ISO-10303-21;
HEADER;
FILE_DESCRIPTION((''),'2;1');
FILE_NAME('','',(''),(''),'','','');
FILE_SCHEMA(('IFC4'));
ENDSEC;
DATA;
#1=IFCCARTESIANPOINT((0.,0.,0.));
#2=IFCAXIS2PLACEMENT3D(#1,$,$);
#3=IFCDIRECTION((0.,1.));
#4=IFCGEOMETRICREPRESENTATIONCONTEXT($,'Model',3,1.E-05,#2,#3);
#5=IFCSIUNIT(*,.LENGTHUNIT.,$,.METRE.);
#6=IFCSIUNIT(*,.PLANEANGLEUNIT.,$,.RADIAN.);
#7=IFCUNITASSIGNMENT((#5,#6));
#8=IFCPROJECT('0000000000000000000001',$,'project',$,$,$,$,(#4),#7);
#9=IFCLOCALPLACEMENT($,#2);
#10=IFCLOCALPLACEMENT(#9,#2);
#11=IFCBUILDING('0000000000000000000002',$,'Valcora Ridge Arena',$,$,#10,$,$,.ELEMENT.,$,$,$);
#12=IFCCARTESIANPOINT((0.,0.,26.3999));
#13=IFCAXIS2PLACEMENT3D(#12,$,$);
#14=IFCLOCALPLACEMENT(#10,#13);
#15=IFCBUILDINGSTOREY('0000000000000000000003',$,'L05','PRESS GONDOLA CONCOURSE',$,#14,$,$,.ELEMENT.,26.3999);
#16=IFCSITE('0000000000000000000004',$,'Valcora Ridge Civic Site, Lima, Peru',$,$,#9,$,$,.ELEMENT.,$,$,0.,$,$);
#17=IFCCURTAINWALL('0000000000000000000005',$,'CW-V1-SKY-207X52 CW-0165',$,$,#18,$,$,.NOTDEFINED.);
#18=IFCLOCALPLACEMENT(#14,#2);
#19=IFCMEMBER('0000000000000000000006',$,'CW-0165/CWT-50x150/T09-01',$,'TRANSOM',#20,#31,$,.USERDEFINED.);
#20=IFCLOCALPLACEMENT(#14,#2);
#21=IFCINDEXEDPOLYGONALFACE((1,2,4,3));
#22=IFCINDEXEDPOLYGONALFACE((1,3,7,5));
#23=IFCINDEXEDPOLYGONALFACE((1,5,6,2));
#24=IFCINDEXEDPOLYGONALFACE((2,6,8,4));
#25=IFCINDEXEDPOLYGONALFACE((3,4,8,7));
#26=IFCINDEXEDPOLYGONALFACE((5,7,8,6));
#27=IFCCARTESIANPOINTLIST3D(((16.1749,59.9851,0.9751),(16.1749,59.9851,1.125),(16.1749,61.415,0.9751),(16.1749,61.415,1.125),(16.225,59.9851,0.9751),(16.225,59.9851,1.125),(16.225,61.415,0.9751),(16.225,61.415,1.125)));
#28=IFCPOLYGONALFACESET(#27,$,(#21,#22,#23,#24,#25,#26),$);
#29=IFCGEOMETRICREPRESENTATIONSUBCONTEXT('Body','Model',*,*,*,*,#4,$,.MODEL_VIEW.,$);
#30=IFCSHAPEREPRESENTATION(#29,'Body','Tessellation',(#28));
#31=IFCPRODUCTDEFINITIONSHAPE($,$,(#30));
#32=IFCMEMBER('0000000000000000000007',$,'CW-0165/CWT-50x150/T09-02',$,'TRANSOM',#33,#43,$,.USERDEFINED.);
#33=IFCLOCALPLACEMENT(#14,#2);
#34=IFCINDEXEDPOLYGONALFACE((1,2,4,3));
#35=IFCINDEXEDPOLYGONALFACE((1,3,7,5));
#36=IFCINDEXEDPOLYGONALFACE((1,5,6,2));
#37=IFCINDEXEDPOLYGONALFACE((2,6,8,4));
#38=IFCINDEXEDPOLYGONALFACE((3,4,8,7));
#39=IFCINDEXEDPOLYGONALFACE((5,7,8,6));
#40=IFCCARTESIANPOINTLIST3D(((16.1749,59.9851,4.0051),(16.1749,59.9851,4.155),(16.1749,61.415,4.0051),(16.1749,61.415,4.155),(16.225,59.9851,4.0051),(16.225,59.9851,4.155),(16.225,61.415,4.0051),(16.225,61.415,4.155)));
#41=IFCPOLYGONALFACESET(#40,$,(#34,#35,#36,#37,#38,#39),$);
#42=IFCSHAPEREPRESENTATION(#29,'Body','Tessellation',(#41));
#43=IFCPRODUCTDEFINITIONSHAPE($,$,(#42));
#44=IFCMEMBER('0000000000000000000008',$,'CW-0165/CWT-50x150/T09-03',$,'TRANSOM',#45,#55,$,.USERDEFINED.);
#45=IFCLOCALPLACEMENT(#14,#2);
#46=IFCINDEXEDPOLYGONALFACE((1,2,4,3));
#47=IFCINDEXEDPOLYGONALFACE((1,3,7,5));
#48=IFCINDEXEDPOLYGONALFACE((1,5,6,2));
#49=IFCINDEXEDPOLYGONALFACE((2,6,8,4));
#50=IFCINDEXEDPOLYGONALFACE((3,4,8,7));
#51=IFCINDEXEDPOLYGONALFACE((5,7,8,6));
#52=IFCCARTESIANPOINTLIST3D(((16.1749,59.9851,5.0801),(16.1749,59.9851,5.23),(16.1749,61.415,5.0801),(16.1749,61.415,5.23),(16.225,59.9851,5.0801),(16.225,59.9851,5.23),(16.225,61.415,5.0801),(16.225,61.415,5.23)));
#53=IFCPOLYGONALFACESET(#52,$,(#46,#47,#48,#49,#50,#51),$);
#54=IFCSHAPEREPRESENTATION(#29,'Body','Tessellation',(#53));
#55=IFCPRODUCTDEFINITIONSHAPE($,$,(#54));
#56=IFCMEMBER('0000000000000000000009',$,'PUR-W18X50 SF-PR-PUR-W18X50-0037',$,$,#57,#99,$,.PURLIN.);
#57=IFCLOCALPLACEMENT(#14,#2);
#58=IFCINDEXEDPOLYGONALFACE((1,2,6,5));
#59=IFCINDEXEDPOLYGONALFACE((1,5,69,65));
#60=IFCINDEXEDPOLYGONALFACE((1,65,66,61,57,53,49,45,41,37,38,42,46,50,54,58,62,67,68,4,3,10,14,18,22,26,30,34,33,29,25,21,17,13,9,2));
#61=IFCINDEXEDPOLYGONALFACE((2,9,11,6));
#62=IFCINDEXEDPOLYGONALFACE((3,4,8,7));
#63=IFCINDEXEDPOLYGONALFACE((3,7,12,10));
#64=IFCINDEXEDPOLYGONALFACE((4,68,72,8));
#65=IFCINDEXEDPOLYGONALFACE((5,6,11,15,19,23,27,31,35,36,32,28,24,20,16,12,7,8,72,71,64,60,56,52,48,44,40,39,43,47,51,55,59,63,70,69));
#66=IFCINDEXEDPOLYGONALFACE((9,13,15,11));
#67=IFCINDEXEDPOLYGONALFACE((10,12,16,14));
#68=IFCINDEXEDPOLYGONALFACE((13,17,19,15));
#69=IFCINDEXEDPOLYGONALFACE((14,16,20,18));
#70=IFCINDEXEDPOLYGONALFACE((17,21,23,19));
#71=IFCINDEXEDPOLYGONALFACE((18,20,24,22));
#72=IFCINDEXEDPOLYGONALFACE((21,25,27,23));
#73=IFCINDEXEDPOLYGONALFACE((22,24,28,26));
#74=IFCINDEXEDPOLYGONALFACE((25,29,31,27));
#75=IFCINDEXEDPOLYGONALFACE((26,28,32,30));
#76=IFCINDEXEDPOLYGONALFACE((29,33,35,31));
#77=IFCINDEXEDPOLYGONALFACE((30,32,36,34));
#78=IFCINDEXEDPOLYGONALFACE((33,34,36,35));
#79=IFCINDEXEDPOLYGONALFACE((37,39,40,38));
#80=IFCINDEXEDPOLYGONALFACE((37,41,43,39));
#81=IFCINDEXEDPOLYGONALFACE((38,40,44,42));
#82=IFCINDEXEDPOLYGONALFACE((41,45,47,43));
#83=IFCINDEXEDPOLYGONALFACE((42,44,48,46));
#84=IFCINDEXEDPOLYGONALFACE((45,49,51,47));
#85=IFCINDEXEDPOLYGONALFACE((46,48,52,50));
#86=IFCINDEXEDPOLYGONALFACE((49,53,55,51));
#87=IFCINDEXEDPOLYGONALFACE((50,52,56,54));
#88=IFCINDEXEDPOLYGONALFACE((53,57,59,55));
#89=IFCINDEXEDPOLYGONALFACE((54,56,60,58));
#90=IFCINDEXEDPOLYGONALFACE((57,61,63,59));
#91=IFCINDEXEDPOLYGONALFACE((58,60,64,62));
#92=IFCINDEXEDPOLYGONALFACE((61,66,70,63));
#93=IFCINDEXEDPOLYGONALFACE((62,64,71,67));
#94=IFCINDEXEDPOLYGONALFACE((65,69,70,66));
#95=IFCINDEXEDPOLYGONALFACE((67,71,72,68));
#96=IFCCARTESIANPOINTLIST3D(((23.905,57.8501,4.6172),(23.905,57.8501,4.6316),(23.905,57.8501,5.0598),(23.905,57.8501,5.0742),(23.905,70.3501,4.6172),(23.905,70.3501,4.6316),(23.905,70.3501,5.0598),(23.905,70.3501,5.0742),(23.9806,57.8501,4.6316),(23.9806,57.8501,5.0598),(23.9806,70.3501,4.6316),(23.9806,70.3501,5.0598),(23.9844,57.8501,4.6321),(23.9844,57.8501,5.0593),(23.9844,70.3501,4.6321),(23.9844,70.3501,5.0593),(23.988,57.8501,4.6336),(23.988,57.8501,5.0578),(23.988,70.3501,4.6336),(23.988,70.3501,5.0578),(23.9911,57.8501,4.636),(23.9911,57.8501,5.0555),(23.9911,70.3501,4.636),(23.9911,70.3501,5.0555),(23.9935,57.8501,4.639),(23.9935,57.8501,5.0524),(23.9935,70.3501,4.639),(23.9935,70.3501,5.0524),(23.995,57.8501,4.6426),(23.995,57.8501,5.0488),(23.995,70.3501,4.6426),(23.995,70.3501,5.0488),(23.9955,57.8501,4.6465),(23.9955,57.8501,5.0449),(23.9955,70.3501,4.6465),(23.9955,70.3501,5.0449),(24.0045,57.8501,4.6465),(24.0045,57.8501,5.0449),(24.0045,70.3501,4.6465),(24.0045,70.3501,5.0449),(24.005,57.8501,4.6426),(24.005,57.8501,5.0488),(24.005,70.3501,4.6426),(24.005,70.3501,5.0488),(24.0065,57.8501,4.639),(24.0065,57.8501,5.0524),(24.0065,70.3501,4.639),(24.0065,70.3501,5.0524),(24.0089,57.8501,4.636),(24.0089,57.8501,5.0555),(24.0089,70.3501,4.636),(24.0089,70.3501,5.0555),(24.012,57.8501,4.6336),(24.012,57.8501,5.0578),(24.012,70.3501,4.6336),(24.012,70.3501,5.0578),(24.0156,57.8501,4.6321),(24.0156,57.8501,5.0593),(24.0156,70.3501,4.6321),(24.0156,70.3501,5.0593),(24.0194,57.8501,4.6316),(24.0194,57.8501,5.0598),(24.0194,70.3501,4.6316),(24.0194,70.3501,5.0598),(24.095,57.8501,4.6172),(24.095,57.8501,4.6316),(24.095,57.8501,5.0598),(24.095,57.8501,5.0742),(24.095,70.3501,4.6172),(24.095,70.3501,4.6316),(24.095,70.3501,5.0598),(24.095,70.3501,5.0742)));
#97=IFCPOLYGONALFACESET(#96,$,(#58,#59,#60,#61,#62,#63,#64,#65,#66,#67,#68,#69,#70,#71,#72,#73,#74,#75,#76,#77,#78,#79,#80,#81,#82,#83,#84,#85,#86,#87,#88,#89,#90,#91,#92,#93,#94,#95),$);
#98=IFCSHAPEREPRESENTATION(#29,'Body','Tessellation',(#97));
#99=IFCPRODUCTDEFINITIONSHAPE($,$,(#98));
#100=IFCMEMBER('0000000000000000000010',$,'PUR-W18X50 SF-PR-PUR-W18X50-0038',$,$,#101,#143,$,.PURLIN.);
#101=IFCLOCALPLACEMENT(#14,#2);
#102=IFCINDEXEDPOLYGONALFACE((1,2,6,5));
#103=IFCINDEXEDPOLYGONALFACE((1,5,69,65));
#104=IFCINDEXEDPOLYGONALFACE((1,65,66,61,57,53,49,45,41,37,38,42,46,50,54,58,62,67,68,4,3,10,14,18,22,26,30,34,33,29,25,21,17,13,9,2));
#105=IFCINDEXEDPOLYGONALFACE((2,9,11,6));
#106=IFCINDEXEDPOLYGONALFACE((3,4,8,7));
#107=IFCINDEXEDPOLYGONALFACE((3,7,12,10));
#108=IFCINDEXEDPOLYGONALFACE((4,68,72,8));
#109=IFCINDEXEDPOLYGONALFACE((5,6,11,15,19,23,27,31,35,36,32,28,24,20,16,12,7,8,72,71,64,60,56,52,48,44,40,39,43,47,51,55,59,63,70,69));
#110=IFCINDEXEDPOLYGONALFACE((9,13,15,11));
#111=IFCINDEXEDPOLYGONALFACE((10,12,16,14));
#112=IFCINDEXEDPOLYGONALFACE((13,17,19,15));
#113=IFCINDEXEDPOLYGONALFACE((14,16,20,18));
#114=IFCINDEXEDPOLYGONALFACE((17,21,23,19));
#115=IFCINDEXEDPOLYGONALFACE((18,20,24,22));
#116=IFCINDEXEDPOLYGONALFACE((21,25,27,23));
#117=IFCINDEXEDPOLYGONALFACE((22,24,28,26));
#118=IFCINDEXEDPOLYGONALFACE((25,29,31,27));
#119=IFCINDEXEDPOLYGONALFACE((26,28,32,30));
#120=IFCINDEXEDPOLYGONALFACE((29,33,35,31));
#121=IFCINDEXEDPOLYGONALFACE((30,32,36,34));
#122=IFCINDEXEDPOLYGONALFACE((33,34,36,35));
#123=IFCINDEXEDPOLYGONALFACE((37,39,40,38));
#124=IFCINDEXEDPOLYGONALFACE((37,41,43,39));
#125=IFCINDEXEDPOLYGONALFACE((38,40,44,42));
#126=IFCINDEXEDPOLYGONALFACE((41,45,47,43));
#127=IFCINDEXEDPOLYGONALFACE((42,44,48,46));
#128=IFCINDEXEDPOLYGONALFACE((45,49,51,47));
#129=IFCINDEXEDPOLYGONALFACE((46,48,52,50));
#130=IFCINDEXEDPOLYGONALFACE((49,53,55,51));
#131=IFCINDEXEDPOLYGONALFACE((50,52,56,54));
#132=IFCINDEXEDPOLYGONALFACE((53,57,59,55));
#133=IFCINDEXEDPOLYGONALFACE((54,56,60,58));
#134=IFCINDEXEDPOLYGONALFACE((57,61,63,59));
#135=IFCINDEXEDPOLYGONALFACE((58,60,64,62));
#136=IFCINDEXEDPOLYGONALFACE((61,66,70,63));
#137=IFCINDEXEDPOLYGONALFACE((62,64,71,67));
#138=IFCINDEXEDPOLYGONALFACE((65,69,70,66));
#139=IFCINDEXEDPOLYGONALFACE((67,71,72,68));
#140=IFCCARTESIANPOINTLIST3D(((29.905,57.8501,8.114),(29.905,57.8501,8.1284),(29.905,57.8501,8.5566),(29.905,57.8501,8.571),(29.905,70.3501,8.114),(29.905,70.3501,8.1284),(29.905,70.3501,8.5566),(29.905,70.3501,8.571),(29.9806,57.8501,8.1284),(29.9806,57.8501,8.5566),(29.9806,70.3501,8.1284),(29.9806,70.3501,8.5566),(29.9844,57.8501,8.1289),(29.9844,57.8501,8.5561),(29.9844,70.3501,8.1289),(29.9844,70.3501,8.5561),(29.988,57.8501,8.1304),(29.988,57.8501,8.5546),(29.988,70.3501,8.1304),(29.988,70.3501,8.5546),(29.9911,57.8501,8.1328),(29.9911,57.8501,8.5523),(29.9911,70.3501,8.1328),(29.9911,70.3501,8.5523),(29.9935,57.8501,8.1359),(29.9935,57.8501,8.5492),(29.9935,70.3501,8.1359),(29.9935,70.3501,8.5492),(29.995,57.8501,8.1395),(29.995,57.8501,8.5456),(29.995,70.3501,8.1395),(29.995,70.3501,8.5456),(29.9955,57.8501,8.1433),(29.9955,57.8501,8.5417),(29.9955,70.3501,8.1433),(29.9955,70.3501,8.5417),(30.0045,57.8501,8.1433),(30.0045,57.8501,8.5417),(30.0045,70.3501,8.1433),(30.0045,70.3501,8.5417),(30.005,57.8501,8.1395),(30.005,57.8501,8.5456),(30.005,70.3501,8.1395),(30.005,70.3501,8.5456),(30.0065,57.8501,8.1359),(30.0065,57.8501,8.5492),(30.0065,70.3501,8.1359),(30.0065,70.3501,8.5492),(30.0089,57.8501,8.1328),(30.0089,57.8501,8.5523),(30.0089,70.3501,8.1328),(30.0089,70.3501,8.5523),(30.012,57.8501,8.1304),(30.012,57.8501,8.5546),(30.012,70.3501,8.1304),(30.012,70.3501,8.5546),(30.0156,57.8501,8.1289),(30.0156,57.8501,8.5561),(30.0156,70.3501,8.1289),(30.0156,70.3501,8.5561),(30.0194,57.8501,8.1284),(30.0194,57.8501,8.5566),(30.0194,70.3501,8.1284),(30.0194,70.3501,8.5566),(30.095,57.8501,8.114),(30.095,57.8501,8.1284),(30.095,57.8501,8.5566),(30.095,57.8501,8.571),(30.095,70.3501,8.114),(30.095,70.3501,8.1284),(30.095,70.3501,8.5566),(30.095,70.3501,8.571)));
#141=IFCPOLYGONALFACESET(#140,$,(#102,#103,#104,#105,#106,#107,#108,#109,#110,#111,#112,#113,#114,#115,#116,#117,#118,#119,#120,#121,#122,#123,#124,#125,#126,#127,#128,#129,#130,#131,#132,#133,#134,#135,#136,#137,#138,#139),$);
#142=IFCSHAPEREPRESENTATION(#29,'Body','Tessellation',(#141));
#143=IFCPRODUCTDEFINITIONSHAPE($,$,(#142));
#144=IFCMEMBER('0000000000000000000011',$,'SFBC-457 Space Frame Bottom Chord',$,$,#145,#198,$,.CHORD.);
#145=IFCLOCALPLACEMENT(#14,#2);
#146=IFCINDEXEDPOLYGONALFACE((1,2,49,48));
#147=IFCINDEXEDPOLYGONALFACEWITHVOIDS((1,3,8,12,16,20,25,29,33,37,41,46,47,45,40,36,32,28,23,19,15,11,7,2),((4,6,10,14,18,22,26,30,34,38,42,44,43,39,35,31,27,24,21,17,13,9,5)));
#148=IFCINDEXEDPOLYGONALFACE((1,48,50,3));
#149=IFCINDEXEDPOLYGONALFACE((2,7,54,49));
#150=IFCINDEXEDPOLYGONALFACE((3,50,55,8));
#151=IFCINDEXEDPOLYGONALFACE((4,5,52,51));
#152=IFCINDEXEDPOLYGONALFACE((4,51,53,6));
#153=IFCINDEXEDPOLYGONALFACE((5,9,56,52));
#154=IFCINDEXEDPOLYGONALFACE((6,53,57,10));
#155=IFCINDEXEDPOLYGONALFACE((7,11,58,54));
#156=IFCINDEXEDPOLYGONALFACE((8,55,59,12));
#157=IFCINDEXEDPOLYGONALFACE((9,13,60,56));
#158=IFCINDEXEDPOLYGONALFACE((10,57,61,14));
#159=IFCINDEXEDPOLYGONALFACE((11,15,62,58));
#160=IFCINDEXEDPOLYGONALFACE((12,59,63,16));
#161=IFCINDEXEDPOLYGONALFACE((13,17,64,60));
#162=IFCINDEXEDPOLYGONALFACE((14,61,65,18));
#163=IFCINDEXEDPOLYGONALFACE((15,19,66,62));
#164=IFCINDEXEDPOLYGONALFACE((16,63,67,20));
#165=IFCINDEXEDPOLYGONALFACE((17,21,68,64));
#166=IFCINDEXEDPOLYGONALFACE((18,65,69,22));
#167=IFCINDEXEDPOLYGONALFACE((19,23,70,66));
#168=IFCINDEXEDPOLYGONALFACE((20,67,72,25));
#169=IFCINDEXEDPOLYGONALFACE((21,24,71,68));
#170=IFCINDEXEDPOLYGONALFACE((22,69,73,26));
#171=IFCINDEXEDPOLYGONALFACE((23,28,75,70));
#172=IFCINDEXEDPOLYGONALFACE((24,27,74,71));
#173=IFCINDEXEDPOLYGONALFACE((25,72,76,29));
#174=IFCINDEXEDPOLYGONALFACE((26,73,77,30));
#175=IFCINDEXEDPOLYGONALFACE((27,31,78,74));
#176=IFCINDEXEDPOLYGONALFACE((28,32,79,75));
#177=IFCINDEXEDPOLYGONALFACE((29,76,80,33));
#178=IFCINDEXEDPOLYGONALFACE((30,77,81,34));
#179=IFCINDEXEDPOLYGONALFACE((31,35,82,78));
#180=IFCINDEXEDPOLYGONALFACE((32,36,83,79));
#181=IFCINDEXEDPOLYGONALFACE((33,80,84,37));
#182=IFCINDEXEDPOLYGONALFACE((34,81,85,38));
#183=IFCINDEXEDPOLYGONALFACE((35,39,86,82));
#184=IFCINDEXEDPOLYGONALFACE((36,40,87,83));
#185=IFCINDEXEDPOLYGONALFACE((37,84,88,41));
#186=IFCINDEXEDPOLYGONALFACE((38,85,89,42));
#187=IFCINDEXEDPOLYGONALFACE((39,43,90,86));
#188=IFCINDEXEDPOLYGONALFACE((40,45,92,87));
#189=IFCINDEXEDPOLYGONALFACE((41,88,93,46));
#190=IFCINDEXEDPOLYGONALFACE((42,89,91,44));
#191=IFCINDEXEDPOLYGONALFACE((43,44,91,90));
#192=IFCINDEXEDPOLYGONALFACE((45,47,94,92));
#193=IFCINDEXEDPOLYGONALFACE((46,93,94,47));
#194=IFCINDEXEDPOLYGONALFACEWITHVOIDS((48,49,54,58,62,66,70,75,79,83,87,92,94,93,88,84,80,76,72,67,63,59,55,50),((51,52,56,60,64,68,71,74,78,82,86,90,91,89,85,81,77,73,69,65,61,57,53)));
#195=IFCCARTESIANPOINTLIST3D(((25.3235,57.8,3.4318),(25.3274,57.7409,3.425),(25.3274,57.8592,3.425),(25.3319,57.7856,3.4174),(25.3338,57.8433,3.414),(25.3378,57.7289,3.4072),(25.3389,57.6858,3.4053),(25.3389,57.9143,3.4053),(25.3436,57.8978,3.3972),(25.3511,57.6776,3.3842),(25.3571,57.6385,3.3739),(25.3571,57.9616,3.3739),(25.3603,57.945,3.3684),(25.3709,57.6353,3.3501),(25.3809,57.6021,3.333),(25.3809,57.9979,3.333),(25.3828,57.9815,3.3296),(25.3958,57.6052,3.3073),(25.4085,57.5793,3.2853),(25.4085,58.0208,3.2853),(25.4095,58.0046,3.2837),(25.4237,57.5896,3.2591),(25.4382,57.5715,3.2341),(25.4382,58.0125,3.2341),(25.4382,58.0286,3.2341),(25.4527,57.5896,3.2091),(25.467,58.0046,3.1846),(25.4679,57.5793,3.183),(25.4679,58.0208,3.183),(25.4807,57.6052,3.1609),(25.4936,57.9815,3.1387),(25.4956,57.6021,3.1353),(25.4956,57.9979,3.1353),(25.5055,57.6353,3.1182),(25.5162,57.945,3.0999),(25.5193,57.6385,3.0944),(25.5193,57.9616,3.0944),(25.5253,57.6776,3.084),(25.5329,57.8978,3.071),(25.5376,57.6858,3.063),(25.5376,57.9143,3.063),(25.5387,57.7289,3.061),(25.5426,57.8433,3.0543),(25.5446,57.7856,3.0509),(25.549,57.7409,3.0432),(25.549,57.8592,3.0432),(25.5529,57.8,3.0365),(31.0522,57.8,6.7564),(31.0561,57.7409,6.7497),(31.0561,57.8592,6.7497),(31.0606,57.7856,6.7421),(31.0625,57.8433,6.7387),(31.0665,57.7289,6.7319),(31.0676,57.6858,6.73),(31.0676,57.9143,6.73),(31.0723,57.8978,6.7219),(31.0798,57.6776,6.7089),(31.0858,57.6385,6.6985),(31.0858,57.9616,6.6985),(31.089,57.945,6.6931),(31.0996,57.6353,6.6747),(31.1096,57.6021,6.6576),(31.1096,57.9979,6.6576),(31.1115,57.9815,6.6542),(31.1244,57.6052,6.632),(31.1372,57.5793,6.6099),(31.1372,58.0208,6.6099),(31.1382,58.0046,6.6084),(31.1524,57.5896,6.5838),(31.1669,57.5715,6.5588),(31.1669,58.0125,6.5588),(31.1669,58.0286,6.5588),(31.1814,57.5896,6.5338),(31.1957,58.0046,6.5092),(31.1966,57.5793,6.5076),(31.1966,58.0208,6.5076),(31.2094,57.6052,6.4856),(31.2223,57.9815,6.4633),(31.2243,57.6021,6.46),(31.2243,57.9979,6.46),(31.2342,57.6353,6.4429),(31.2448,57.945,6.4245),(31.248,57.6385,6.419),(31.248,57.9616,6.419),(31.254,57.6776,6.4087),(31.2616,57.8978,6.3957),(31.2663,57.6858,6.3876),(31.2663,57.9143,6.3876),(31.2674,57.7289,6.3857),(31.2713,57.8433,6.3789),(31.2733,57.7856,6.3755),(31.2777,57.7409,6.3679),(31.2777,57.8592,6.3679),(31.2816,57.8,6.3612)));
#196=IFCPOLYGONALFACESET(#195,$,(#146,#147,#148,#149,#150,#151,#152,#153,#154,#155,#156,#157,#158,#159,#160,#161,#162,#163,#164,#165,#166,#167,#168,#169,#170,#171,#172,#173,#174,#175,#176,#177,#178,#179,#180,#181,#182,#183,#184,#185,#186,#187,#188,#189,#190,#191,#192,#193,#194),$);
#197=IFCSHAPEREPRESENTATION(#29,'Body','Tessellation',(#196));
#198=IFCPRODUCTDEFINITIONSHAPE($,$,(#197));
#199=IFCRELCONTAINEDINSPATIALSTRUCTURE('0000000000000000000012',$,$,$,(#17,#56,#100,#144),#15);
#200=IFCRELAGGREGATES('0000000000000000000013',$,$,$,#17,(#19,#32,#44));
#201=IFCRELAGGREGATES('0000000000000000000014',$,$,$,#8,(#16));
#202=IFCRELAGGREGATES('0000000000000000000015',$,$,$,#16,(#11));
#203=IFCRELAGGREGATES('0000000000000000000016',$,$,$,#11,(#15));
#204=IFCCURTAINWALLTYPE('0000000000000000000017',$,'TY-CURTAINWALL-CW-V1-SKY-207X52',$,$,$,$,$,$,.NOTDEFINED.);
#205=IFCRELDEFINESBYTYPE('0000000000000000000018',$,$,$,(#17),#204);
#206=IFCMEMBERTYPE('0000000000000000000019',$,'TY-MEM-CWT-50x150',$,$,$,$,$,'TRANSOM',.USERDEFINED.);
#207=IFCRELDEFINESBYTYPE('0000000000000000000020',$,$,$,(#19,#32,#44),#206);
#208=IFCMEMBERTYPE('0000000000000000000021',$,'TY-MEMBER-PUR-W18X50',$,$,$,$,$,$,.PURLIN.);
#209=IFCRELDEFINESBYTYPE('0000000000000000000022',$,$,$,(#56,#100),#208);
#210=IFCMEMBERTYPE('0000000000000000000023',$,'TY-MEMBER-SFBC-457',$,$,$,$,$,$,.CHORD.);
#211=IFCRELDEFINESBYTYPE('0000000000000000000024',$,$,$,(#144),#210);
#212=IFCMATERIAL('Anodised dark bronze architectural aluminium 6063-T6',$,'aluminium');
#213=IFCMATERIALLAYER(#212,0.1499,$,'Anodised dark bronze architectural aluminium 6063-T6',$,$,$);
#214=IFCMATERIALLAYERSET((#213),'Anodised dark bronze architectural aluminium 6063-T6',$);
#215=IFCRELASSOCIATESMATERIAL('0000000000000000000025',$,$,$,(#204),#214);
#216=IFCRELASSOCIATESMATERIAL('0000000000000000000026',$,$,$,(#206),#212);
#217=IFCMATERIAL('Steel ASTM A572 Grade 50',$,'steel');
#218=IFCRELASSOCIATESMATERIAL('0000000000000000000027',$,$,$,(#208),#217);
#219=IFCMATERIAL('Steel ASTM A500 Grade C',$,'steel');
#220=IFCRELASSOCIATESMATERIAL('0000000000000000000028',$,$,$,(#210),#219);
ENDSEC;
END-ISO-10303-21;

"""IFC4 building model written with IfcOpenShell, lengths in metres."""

from ifc_helpers import new_model, si_unit, direction, frame, origin, origin_2d, place, context, subcontext, project, spatial, rectangle, hollow_circle, i_section, extrude, material, layer, layer_set, material_profile, profile_set, type_object, element, aggregate, save


model = new_model("IFC4")

# Units and contexts
model_context = context("Model", 3, precision=1e-05, world=origin(), true_north=direction((0.0, 1.0)))
body_context = subcontext(model_context, "Body", "Model", "MODEL_VIEW")
ifc_project = project(units=[si_unit("LENGTHUNIT", "METRE"), si_unit("PLANEANGLEUNIT", "RADIAN")], contexts=[model_context])

# Site, building, storey
site_placement = place(None, origin())
site = spatial("IfcSite", under=ifc_project, at=site_placement, Name="Valcora Ridge Civic Site, Lima, Peru", CompositionType="ELEMENT", RefElevation=0.0)
building_placement = place(site_placement, origin())
building = spatial("IfcBuilding", under=site, at=building_placement, Name="Valcora Ridge Arena", CompositionType="ELEMENT")
storey_placement = place(building_placement, frame((0.0, 0.0, 26.3999)))
storey = spatial("IfcBuildingStorey", under=building, at=storey_placement, Name="L05", Description="PRESS GONDOLA CONCOURSE", CompositionType="ELEMENT", Elevation=26.3999)

# Curtain wall, members
ifc_material_1 = material(Name="Anodised dark bronze architectural aluminium 6063-T6", Category="aluminium")
ifc_layer_1 = layer(ifc_material_1, 0.1499, Name="Anodised dark bronze architectural aluminium 6063-T6")
ifc_layer_set_1 = layer_set([ifc_layer_1], Name="Anodised dark bronze architectural aluminium 6063-T6")
curtain_wall_type = type_object("IfcCurtainWallType", Name="TY-CURTAINWALL-CW-V1-SKY-207X52", PredefinedType="NOTDEFINED", material=ifc_layer_set_1)
curtain_wall_placement = place(storey_placement, origin())
curtain_wall = element("IfcCurtainWall", 1, at=curtain_wall_placement, inside=storey, type_object=curtain_wall_type, Name="CW-V1-SKY-207X52 CW-0165", PredefinedType="NOTDEFINED")
ifc_material_profile_1 = material_profile(ifc_material_1, rectangle(XDim=0.05, YDim=0.1499, at=origin_2d()), Name="ALU TRANSOM 50x150")
ifc_profile_set_1 = profile_set([ifc_material_profile_1], Name="Anodised dark bronze architectural aluminium 6063-T6")
member_type_1 = type_object("IfcMemberType", Name="TY-MEM-CWT-50x150", ElementType="TRANSOM", PredefinedType="USERDEFINED", material=ifc_profile_set_1)
member_1_placement = place(storey_placement, frame((16.2, 59.9851, 1.05), z_axis=(0.0, 1.0, 0.0), x_axis=(-1.0, 0.0, 0.0)))
member_1 = element("IfcMember", 2, at=member_1_placement, type_object=member_type_1, Name="CW-0165/CWT-50x150/T09-01", ObjectType="TRANSOM", PredefinedType="USERDEFINED", context=body_context, shape_type="SweptSolid", body=[
    extrude(rectangle(XDim=0.05, YDim=0.1499, at=origin_2d()), origin(), (0.0, 0.0, 1.0), 1.4299),
])
member_2_placement = place(storey_placement, frame((16.2, 59.9851, 4.0801), z_axis=(0.0, 1.0, 0.0), x_axis=(-1.0, 0.0, 0.0)))
member_2 = element("IfcMember", 3, at=member_2_placement, type_object=member_type_1, Name="CW-0165/CWT-50x150/T09-02", ObjectType="TRANSOM", PredefinedType="USERDEFINED", context=body_context, shape_type="SweptSolid", body=[
    extrude(rectangle(XDim=0.05, YDim=0.1499, at=origin_2d()), origin(), (0.0, 0.0, 1.0), 1.4299),
])
member_3_placement = place(storey_placement, frame((16.2, 59.9851, 5.155), z_axis=(0.0, 1.0, 0.0), x_axis=(-1.0, 0.0, 0.0)))
member_3 = element("IfcMember", 4, at=member_3_placement, type_object=member_type_1, Name="CW-0165/CWT-50x150/T09-03", ObjectType="TRANSOM", PredefinedType="USERDEFINED", context=body_context, shape_type="SweptSolid", body=[
    extrude(rectangle(XDim=0.05, YDim=0.1499, at=origin_2d()), origin(), (0.0, 0.0, 1.0), 1.4299),
])
aggregate(curtain_wall, [member_1, member_2, member_3])

# Members
ifc_material_2 = material(Name="Steel ASTM A572 Grade 50", Category="steel")
ifc_material_profile_2 = material_profile(ifc_material_2, i_section(OverallWidth=0.1899, OverallDepth=0.457, WebThickness=0.009, FlangeThickness=0.0144, FilletRadius=0.0149, at=origin_2d()), Name="W18X50")
ifc_profile_set_2 = profile_set([ifc_material_profile_2], Name="Steel ASTM A572 Grade 50")
member_type_2 = type_object("IfcMemberType", Name="TY-MEMBER-PUR-W18X50", PredefinedType="PURLIN", material=ifc_profile_set_2)
for number, where, z_axis, x_axis, name in (
    (5, (24.0, 57.8501, 4.8457), (0.0, 1.0, 0.0), (-1.0, 0.0, 0.0), "PUR-W18X50 SF-PR-PUR-W18X50-0037"),
    (6, (30.0, 57.8501, 8.3425), (0.0, 1.0, 0.0), (-1.0, 0.0, 0.0), "PUR-W18X50 SF-PR-PUR-W18X50-0038"),
):
    element("IfcMember", number, at=place(storey_placement, frame(where, z_axis=z_axis, x_axis=x_axis)), inside=storey, type_object=member_type_2, Name=name, PredefinedType="PURLIN", context=body_context, shape_type="SweptSolid", body=[
        extrude(i_section(OverallWidth=0.1899, OverallDepth=0.457, WebThickness=0.009, FlangeThickness=0.0144, FilletRadius=0.0149, at=origin_2d()), origin(), (0.0, 0.0, 1.0), 12.5),
    ])
ifc_material_3 = material(Name="Steel ASTM A500 Grade C", Category="steel")
ifc_material_profile_3 = material_profile(ifc_material_3, hollow_circle(Radius=0.2285, WallThickness=0.0161, at=origin_2d()), Name="CHS457X16")
ifc_profile_set_3 = profile_set([ifc_material_profile_3], Name="Steel ASTM A500 Grade C")
member_type_3 = type_object("IfcMemberType", Name="TY-MEMBER-SFBC-457", PredefinedType="CHORD", material=ifc_profile_set_3)
member_4_placement = place(storey_placement, frame((25.4382, 57.8, 3.2341), z_axis=(0.864898, 0.0, 0.501947), x_axis=(0.0, 1.0, 0.0)))
element("IfcMember", 7, at=member_4_placement, inside=storey, type_object=member_type_3, Name="SFBC-457 Space Frame Bottom Chord", PredefinedType="CHORD", context=body_context, shape_type="SweptSolid", body=[
    extrude(hollow_circle(Radius=0.2285, WallThickness=0.0161, at=origin_2d()), origin(), (0.0, 0.0, 1.0), 6.6235),
])

save(model, "model.ifc")
